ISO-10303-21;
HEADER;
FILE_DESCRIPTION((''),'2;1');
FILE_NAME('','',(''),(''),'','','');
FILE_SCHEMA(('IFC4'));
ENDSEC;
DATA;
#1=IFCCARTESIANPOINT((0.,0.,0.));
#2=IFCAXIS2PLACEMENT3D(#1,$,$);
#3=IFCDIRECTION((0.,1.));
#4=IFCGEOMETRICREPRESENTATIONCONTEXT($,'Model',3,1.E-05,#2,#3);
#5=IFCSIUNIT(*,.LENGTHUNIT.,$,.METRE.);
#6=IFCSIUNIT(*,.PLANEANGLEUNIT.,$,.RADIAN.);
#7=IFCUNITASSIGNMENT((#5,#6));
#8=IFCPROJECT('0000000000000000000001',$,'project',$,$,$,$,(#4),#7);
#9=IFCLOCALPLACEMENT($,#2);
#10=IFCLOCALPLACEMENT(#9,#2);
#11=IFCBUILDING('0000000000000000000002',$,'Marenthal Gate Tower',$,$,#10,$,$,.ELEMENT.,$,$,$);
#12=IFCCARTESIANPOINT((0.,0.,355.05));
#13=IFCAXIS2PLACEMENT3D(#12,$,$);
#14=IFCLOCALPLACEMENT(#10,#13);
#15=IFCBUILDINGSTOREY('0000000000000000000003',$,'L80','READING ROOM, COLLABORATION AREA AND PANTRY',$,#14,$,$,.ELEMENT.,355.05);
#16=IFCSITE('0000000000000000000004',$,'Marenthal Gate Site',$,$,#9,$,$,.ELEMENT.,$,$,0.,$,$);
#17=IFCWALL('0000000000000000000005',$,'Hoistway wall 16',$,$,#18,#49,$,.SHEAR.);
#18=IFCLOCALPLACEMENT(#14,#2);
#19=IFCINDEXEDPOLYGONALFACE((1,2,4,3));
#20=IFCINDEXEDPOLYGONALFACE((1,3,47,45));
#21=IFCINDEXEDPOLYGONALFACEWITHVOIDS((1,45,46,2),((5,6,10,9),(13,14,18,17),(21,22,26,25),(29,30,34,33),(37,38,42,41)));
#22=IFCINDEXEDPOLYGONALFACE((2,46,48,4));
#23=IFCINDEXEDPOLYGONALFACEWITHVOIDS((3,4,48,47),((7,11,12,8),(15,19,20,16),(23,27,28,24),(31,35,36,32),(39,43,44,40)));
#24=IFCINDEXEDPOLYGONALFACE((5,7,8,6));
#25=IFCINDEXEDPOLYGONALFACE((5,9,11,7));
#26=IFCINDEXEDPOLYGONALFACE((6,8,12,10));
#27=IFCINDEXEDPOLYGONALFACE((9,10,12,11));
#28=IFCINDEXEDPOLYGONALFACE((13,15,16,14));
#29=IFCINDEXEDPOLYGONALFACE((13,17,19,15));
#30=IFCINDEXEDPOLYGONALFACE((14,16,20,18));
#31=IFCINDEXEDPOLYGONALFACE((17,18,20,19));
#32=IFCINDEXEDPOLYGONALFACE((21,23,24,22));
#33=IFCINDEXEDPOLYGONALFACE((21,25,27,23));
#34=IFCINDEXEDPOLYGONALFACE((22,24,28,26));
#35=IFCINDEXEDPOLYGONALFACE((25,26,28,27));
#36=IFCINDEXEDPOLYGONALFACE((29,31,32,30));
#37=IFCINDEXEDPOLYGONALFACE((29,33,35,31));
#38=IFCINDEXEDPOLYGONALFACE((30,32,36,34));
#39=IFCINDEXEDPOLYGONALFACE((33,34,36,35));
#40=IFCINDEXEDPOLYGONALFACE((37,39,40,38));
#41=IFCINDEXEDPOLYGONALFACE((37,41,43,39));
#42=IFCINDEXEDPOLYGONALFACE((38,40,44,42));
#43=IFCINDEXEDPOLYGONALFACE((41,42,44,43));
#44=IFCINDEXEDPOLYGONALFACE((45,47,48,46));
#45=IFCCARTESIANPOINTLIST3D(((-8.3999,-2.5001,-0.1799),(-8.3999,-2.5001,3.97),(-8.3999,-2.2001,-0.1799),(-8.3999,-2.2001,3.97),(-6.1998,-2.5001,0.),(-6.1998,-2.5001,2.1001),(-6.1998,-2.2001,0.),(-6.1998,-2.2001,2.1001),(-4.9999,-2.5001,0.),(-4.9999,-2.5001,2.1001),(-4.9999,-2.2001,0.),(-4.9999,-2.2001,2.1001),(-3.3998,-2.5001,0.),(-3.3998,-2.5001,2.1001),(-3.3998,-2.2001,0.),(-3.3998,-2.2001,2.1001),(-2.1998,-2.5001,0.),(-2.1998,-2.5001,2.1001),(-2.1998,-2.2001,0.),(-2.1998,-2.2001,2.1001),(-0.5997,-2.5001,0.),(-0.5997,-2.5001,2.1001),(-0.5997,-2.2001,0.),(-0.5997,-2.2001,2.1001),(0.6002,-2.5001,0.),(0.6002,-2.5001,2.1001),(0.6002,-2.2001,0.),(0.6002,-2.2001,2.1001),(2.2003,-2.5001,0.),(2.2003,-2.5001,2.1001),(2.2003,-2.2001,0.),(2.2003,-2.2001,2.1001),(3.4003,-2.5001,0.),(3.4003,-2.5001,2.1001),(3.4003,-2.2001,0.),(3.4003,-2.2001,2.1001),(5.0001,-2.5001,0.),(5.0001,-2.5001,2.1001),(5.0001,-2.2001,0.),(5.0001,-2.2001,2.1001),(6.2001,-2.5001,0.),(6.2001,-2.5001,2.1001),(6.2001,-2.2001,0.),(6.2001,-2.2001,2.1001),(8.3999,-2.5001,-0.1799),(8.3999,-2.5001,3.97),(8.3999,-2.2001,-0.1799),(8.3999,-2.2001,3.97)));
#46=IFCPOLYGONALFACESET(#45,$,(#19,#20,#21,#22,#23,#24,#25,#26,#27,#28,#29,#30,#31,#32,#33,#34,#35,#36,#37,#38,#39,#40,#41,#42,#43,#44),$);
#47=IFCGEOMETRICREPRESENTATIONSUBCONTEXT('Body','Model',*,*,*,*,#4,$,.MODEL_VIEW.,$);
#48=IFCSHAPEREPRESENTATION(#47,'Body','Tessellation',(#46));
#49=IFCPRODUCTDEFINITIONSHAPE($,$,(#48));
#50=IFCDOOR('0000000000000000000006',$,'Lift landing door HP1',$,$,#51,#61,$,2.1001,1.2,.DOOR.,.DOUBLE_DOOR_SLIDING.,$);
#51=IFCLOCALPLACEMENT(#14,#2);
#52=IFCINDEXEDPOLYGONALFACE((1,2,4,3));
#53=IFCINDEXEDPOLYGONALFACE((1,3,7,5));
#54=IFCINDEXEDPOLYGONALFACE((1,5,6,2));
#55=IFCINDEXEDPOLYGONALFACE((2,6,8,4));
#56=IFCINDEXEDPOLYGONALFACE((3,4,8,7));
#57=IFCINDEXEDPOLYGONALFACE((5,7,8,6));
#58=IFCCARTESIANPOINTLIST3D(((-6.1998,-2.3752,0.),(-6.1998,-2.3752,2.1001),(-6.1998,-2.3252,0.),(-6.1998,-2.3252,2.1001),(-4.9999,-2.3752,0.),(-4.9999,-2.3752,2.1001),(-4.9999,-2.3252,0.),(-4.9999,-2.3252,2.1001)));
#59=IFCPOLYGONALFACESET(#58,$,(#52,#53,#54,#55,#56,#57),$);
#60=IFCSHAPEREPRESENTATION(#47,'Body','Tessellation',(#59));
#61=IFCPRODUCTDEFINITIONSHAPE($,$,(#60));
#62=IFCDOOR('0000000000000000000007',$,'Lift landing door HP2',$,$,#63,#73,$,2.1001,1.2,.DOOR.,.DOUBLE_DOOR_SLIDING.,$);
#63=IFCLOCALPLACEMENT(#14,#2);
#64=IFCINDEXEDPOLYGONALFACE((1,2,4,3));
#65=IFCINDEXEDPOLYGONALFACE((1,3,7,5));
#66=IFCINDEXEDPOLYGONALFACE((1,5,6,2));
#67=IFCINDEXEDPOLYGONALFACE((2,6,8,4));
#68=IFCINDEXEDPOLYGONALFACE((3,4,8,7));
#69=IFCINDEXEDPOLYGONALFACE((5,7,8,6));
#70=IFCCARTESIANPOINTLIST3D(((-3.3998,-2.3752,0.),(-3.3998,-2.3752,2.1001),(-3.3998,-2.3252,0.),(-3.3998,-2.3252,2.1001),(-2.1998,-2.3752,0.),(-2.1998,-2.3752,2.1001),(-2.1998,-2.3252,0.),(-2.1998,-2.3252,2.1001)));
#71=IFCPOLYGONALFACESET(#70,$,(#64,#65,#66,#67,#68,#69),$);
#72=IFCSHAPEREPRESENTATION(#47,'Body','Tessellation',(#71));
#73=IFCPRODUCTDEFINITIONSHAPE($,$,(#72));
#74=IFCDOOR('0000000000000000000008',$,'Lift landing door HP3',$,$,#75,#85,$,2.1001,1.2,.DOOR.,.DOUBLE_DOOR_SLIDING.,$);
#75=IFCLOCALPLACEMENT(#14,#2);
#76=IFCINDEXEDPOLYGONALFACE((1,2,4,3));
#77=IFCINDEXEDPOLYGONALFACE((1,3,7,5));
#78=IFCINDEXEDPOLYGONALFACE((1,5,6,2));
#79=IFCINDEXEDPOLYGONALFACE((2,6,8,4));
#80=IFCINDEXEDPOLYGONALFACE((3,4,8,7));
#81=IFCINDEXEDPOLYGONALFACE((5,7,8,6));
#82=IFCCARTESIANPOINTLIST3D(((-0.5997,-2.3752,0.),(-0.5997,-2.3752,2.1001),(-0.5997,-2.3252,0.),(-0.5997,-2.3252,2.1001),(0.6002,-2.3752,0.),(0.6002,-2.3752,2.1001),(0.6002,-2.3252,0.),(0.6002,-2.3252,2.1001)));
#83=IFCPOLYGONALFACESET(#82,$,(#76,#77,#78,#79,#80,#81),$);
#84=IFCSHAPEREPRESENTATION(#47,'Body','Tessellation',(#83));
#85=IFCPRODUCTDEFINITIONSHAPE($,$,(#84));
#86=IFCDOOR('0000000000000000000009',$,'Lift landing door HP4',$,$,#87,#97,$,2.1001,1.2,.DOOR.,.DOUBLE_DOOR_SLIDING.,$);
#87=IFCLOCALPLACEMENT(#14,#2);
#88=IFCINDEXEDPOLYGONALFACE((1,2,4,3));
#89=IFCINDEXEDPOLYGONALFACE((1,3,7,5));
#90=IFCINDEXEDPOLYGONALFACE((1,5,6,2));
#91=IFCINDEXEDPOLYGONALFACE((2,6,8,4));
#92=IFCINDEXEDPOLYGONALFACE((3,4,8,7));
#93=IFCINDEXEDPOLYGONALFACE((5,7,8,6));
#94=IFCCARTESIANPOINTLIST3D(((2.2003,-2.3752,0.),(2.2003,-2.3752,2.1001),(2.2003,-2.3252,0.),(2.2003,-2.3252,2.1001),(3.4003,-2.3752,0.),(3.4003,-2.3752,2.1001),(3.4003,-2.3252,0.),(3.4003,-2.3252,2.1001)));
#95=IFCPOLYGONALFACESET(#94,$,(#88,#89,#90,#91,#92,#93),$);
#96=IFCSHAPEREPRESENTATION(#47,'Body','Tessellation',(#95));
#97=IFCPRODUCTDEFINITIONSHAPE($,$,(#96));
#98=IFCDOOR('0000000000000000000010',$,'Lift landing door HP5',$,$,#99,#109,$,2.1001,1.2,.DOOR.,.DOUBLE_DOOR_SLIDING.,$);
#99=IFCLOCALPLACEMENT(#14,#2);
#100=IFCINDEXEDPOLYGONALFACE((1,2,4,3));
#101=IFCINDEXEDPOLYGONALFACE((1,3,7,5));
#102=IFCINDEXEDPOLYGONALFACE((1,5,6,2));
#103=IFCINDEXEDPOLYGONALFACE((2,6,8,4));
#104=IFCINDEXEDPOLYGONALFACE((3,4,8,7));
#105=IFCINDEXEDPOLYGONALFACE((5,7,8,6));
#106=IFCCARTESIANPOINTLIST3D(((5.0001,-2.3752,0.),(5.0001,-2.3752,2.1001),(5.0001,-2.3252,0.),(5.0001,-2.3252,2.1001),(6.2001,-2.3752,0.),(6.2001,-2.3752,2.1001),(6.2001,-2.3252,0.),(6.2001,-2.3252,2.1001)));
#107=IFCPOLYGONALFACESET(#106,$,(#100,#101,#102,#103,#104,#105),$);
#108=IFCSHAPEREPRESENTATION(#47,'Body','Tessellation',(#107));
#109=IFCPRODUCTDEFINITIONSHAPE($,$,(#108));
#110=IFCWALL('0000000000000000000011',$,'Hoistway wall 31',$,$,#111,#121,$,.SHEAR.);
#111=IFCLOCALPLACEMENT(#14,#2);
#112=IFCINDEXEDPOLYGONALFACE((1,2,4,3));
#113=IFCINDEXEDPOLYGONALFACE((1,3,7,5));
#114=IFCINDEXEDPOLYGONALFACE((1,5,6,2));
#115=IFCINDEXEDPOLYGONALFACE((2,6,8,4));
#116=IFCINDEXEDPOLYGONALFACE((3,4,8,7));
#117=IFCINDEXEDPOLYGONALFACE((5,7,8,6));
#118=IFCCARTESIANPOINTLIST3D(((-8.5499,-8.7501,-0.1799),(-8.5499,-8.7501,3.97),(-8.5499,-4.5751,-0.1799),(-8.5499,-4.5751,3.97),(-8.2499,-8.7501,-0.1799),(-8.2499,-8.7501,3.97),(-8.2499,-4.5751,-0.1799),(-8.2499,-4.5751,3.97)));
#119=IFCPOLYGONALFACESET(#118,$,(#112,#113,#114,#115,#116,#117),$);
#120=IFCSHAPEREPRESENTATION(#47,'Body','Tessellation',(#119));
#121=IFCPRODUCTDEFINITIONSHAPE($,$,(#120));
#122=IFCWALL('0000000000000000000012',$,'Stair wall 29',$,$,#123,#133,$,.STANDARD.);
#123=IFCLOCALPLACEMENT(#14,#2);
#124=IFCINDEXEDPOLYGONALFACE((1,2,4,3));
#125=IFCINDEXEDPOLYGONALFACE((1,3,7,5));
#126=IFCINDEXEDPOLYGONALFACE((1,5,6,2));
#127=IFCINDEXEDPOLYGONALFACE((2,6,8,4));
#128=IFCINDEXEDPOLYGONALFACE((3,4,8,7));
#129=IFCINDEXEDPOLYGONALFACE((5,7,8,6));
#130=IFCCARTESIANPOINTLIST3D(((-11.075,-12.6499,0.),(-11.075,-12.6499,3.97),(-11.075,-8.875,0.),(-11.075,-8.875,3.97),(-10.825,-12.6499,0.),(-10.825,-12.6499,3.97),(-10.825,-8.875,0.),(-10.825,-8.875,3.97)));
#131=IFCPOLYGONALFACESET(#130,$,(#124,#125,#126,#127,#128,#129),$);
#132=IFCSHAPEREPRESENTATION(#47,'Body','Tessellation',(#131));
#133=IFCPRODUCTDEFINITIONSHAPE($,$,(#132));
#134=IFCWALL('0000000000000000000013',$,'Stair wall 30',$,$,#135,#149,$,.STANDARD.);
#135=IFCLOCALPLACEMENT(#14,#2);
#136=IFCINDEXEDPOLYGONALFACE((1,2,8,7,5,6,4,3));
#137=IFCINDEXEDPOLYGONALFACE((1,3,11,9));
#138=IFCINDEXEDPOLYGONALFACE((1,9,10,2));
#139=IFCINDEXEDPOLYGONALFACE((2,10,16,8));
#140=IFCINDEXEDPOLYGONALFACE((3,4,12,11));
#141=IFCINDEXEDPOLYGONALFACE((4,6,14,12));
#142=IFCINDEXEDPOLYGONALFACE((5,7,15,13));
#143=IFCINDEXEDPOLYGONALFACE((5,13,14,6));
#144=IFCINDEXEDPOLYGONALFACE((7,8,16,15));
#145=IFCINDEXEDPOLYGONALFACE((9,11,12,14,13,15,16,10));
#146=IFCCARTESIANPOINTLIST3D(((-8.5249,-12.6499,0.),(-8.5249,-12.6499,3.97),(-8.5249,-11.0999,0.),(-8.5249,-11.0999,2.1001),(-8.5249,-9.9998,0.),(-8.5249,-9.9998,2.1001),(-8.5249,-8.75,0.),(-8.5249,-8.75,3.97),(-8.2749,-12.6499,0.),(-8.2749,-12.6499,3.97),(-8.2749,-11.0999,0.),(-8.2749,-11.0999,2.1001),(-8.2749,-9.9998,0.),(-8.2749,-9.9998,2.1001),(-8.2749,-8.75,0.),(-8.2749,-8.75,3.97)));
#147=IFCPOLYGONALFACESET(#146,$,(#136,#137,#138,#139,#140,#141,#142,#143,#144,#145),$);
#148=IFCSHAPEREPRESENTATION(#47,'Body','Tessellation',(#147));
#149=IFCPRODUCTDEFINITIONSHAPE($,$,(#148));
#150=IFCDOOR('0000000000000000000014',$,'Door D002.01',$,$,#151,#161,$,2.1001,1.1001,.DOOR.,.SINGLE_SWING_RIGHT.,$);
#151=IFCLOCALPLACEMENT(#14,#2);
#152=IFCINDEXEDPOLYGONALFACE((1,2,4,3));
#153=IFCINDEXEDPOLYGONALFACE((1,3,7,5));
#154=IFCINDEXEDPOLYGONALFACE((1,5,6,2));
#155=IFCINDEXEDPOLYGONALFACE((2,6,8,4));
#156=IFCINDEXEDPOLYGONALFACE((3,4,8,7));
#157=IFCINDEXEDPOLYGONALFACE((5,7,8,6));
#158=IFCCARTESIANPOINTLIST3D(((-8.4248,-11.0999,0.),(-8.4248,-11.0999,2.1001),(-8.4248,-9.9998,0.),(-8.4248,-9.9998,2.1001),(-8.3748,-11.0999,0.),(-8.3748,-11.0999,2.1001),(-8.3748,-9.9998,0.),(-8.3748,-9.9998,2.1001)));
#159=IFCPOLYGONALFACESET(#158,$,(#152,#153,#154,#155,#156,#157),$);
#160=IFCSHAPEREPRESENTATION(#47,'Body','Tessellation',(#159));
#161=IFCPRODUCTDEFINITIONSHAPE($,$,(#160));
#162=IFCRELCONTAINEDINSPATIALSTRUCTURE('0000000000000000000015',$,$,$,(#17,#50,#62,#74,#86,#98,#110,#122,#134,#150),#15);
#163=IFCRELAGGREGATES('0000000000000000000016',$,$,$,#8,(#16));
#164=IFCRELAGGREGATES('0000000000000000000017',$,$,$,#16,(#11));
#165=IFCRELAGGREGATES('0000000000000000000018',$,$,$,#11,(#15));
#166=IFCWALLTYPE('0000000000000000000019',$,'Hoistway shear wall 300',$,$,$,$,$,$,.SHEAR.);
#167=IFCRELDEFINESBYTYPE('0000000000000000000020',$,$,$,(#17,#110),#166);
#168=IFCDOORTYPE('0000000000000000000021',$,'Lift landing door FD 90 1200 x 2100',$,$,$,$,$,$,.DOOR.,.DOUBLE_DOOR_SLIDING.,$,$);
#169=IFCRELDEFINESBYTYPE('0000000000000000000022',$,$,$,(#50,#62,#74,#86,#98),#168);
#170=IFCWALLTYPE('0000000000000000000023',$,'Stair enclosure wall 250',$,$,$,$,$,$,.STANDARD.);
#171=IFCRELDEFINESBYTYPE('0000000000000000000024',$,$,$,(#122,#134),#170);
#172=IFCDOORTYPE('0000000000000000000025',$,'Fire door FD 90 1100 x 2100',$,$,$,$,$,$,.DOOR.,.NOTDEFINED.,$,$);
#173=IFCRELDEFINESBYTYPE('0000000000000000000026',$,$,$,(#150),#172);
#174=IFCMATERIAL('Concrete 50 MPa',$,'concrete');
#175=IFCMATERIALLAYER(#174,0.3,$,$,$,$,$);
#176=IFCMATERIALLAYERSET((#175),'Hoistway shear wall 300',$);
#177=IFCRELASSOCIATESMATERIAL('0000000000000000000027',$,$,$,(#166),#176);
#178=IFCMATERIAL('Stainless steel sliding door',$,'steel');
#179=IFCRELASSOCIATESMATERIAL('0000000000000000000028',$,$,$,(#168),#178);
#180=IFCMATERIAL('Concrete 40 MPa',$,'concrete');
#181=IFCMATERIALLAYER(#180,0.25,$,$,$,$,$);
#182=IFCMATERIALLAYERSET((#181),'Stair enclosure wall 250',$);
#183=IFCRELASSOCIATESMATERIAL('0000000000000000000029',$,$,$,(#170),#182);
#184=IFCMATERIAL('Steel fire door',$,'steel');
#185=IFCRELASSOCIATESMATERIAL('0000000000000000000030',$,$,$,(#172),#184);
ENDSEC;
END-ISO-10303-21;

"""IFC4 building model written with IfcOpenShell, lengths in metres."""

from ifc_helpers import new_model, si_unit, direction, frame, frame_2d, origin, place, context, subcontext, project, spatial, rectangle, extrude, material, layer, layer_set, type_object, element, fill, save


model = new_model("IFC4")

# Units and contexts
model_context = context("Model", 3, precision=1e-05, world=origin(), true_north=direction((0.0, 1.0)))
body_context = subcontext(model_context, "Body", "Model", "MODEL_VIEW")
ifc_project = project(units=[si_unit("LENGTHUNIT", "METRE"), si_unit("PLANEANGLEUNIT", "RADIAN")], contexts=[model_context])

# Site, building, storey
site_placement = place(None, origin())
site = spatial("IfcSite", under=ifc_project, at=site_placement, Name="Marenthal Gate Site", CompositionType="ELEMENT", RefElevation=0.0)
building_placement = place(site_placement, origin())
building = spatial("IfcBuilding", under=site, at=building_placement, Name="Marenthal Gate Tower", CompositionType="ELEMENT")
storey_placement = place(building_placement, frame((0.0, 0.0, 355.05)))
storey = spatial("IfcBuildingStorey", under=building, at=storey_placement, Name="L80", Description="READING ROOM, COLLABORATION AREA AND PANTRY", CompositionType="ELEMENT", Elevation=355.05)

# Wall, openings, doors
ifc_material_1 = material(Name="Concrete 50 MPa", Category="concrete")
ifc_layer_1 = layer(ifc_material_1, 0.3)
ifc_layer_set_1 = layer_set([ifc_layer_1], Name="Hoistway shear wall 300")
wall_type_1 = type_object("IfcWallType", Name="Hoistway shear wall 300", PredefinedType="SHEAR", material=ifc_layer_set_1)
wall_1_placement = place(storey_placement, frame((-8.3999, -2.3501, -0.1799), z_axis=(0.0, 0.0, 1.0), x_axis=(1.0, 0.0, 0.0)))
wall_1 = element("IfcWall", 1, at=wall_1_placement, inside=storey, type_object=wall_type_1, Name="Hoistway wall 16", PredefinedType="SHEAR", context=body_context, shape_type="SweptSolid", body=[
    extrude(rectangle(XDim=16.7998, YDim=0.3, at=frame_2d((8.3999, 0.0))), origin(), (0.0, 0.0, 1.0), 4.1499),
])
opening_1_placement = place(wall_1_placement, frame((2.2, 0.0, 0.1799)))
opening_1 = element("IfcOpeningElement", 2, at=opening_1_placement, cuts=wall_1, PredefinedType="OPENING", context=body_context, shape_type="SweptSolid", body=[
    extrude(rectangle(XDim=1.2, YDim=2.1001, at=frame_2d((0.6001, 1.05))), frame((0.0, 0.1602, 0.0), z_axis=(0.0, -1.0, 0.0), x_axis=(1.0, 0.0, 0.0)), (0.0, 0.0, 1.0), 0.3201),
])
opening_2_placement = place(wall_1_placement, frame((5.0, 0.0, 0.1799)))
opening_2 = element("IfcOpeningElement", 3, at=opening_2_placement, cuts=wall_1, PredefinedType="OPENING", context=body_context, shape_type="SweptSolid", body=[
    extrude(rectangle(XDim=1.2, YDim=2.1001, at=frame_2d((0.6001, 1.05))), frame((0.0, 0.1602, 0.0), z_axis=(0.0, -1.0, 0.0), x_axis=(1.0, 0.0, 0.0)), (0.0, 0.0, 1.0), 0.3201),
])
opening_3_placement = place(wall_1_placement, frame((7.8, 0.0, 0.1799)))
opening_3 = element("IfcOpeningElement", 4, at=opening_3_placement, cuts=wall_1, PredefinedType="OPENING", context=body_context, shape_type="SweptSolid", body=[
    extrude(rectangle(XDim=1.2, YDim=2.1001, at=frame_2d((0.6001, 1.05))), frame((0.0, 0.1602, 0.0), z_axis=(0.0, -1.0, 0.0), x_axis=(1.0, 0.0, 0.0)), (0.0, 0.0, 1.0), 0.3201),
])
opening_4_placement = place(wall_1_placement, frame((10.6001, 0.0, 0.1799)))
opening_4 = element("IfcOpeningElement", 5, at=opening_4_placement, cuts=wall_1, PredefinedType="OPENING", context=body_context, shape_type="SweptSolid", body=[
    extrude(rectangle(XDim=1.2, YDim=2.1001, at=frame_2d((0.6001, 1.05))), frame((0.0, 0.1602, 0.0), z_axis=(0.0, -1.0, 0.0), x_axis=(1.0, 0.0, 0.0)), (0.0, 0.0, 1.0), 0.3201),
])
opening_5_placement = place(wall_1_placement, frame((13.3999, 0.0, 0.1799)))
opening_5 = element("IfcOpeningElement", 6, at=opening_5_placement, cuts=wall_1, PredefinedType="OPENING", context=body_context, shape_type="SweptSolid", body=[
    extrude(rectangle(XDim=1.2, YDim=2.1001, at=frame_2d((0.6001, 1.05))), frame((0.0, 0.1602, 0.0), z_axis=(0.0, -1.0, 0.0), x_axis=(1.0, 0.0, 0.0)), (0.0, 0.0, 1.0), 0.3201),
])
ifc_material_2 = material(Name="Stainless steel sliding door", Category="steel")
door_type_1 = type_object("IfcDoorType", Name="Lift landing door FD 90 1200 x 2100", OperationType="DOUBLE_DOOR_SLIDING", PredefinedType="DOOR", material=ifc_material_2)
door_1_placement = place(opening_1_placement, origin())
door_1 = element("IfcDoor", 7, at=door_1_placement, inside=storey, type_object=door_type_1, Name="Lift landing door HP1", OperationType="DOUBLE_DOOR_SLIDING", OverallHeight=2.1001, OverallWidth=1.2, PredefinedType="DOOR", context=body_context, shape_type="SweptSolid", body=[
    extrude(rectangle(XDim=1.2, YDim=2.1001, at=frame_2d((0.6001, 1.05))), frame((0.0, 0.0249, 0.0), z_axis=(0.0, -1.0, 0.0), x_axis=(1.0, 0.0, 0.0)), (0.0, 0.0, 1.0), 0.05),
])
fill(opening_1, door_1)
door_2_placement = place(opening_2_placement, origin())
door_2 = element("IfcDoor", 8, at=door_2_placement, inside=storey, type_object=door_type_1, Name="Lift landing door HP2", OperationType="DOUBLE_DOOR_SLIDING", OverallHeight=2.1001, OverallWidth=1.2, PredefinedType="DOOR", context=body_context, shape_type="SweptSolid", body=[
    extrude(rectangle(XDim=1.2, YDim=2.1001, at=frame_2d((0.6001, 1.05))), frame((0.0, 0.0249, 0.0), z_axis=(0.0, -1.0, 0.0), x_axis=(1.0, 0.0, 0.0)), (0.0, 0.0, 1.0), 0.05),
])
fill(opening_2, door_2)
door_3_placement = place(opening_3_placement, origin())
door_3 = element("IfcDoor", 9, at=door_3_placement, inside=storey, type_object=door_type_1, Name="Lift landing door HP3", OperationType="DOUBLE_DOOR_SLIDING", OverallHeight=2.1001, OverallWidth=1.2, PredefinedType="DOOR", context=body_context, shape_type="SweptSolid", body=[
    extrude(rectangle(XDim=1.2, YDim=2.1001, at=frame_2d((0.6001, 1.05))), frame((0.0, 0.0249, 0.0), z_axis=(0.0, -1.0, 0.0), x_axis=(1.0, 0.0, 0.0)), (0.0, 0.0, 1.0), 0.05),
])
fill(opening_3, door_3)
door_4_placement = place(opening_4_placement, origin())
door_4 = element("IfcDoor", 10, at=door_4_placement, inside=storey, type_object=door_type_1, Name="Lift landing door HP4", OperationType="DOUBLE_DOOR_SLIDING", OverallHeight=2.1001, OverallWidth=1.2, PredefinedType="DOOR", context=body_context, shape_type="SweptSolid", body=[
    extrude(rectangle(XDim=1.2, YDim=2.1001, at=frame_2d((0.6001, 1.05))), frame((0.0, 0.0249, 0.0), z_axis=(0.0, -1.0, 0.0), x_axis=(1.0, 0.0, 0.0)), (0.0, 0.0, 1.0), 0.05),
])
fill(opening_4, door_4)
door_5_placement = place(opening_5_placement, origin())
door_5 = element("IfcDoor", 11, at=door_5_placement, inside=storey, type_object=door_type_1, Name="Lift landing door HP5", OperationType="DOUBLE_DOOR_SLIDING", OverallHeight=2.1001, OverallWidth=1.2, PredefinedType="DOOR", context=body_context, shape_type="SweptSolid", body=[
    extrude(rectangle(XDim=1.2, YDim=2.1001, at=frame_2d((0.6001, 1.05))), frame((0.0, 0.0249, 0.0), z_axis=(0.0, -1.0, 0.0), x_axis=(1.0, 0.0, 0.0)), (0.0, 0.0, 1.0), 0.05),
])
fill(opening_5, door_5)

# Walls
wall_2_placement = place(storey_placement, frame((-8.3999, -8.75, -0.1799), z_axis=(0.0, 0.0, 1.0), x_axis=(0.0, 1.0, 0.0)))
element("IfcWall", 12, at=wall_2_placement, inside=storey, type_object=wall_type_1, Name="Hoistway wall 31", PredefinedType="SHEAR", context=body_context, shape_type="SweptSolid", body=[
    extrude(rectangle(XDim=4.175, YDim=0.3, at=frame_2d((2.0874, 0.0))), origin(), (0.0, 0.0, 1.0), 4.1499),
])
ifc_material_3 = material(Name="Concrete 40 MPa", Category="concrete")
ifc_layer_2 = layer(ifc_material_3, 0.25)
ifc_layer_set_2 = layer_set([ifc_layer_2], Name="Stair enclosure wall 250")
wall_type_2 = type_object("IfcWallType", Name="Stair enclosure wall 250", PredefinedType="STANDARD", material=ifc_layer_set_2)
wall_3_placement = place(storey_placement, frame((-10.95, -12.6499, 0.0), z_axis=(0.0, 0.0, 1.0), x_axis=(0.0, 1.0, 0.0)))
element("IfcWall", 13, at=wall_3_placement, inside=storey, type_object=wall_type_2, Name="Stair wall 29", PredefinedType="STANDARD", context=body_context, shape_type="SweptSolid", body=[
    extrude(rectangle(XDim=3.7749, YDim=0.25, at=frame_2d((1.8875, 0.0))), origin(), (0.0, 0.0, 1.0), 3.97),
])

# Wall, opening, door
wall_4_placement = place(storey_placement, frame((-8.3999, -12.6499, 0.0), z_axis=(0.0, 0.0, 1.0), x_axis=(0.0, 1.0, 0.0)))
wall_4 = element("IfcWall", 14, at=wall_4_placement, inside=storey, type_object=wall_type_2, Name="Stair wall 30", PredefinedType="STANDARD", context=body_context, shape_type="SweptSolid", body=[
    extrude(rectangle(XDim=3.8999, YDim=0.25, at=frame_2d((1.95, 0.0))), origin(), (0.0, 0.0, 1.0), 3.97),
])
opening_6_placement = place(wall_4_placement, frame((1.55, 0.0, 0.0)))
opening_6 = element("IfcOpeningElement", 15, at=opening_6_placement, cuts=wall_4, PredefinedType="OPENING", context=body_context, shape_type="SweptSolid", body=[
    extrude(rectangle(XDim=1.1001, YDim=2.1001, at=frame_2d((0.55, 1.05))), frame((0.0, 0.135, 0.0), z_axis=(0.0, -1.0, 0.0), x_axis=(1.0, 0.0, 0.0)), (0.0, 0.0, 1.0), 0.27),
])
ifc_material_4 = material(Name="Steel fire door", Category="steel")
door_type_2 = type_object("IfcDoorType", Name="Fire door FD 90 1100 x 2100", OperationType="NOTDEFINED", PredefinedType="DOOR", material=ifc_material_4)
door_6_placement = place(opening_6_placement, origin())
door_6 = element("IfcDoor", 16, at=door_6_placement, inside=storey, type_object=door_type_2, Name="Door D002.01", OperationType="SINGLE_SWING_RIGHT", OverallHeight=2.1001, OverallWidth=1.1001, PredefinedType="DOOR", context=body_context, shape_type="SweptSolid", body=[
    extrude(rectangle(XDim=1.1001, YDim=2.1001, at=frame_2d((0.55, 1.05))), frame((0.0, 0.0249, 0.0), z_axis=(0.0, -1.0, 0.0), x_axis=(1.0, 0.0, 0.0)), (0.0, 0.0, 1.0), 0.05),
])
fill(opening_6, door_6)

save(model, "model.ifc")
